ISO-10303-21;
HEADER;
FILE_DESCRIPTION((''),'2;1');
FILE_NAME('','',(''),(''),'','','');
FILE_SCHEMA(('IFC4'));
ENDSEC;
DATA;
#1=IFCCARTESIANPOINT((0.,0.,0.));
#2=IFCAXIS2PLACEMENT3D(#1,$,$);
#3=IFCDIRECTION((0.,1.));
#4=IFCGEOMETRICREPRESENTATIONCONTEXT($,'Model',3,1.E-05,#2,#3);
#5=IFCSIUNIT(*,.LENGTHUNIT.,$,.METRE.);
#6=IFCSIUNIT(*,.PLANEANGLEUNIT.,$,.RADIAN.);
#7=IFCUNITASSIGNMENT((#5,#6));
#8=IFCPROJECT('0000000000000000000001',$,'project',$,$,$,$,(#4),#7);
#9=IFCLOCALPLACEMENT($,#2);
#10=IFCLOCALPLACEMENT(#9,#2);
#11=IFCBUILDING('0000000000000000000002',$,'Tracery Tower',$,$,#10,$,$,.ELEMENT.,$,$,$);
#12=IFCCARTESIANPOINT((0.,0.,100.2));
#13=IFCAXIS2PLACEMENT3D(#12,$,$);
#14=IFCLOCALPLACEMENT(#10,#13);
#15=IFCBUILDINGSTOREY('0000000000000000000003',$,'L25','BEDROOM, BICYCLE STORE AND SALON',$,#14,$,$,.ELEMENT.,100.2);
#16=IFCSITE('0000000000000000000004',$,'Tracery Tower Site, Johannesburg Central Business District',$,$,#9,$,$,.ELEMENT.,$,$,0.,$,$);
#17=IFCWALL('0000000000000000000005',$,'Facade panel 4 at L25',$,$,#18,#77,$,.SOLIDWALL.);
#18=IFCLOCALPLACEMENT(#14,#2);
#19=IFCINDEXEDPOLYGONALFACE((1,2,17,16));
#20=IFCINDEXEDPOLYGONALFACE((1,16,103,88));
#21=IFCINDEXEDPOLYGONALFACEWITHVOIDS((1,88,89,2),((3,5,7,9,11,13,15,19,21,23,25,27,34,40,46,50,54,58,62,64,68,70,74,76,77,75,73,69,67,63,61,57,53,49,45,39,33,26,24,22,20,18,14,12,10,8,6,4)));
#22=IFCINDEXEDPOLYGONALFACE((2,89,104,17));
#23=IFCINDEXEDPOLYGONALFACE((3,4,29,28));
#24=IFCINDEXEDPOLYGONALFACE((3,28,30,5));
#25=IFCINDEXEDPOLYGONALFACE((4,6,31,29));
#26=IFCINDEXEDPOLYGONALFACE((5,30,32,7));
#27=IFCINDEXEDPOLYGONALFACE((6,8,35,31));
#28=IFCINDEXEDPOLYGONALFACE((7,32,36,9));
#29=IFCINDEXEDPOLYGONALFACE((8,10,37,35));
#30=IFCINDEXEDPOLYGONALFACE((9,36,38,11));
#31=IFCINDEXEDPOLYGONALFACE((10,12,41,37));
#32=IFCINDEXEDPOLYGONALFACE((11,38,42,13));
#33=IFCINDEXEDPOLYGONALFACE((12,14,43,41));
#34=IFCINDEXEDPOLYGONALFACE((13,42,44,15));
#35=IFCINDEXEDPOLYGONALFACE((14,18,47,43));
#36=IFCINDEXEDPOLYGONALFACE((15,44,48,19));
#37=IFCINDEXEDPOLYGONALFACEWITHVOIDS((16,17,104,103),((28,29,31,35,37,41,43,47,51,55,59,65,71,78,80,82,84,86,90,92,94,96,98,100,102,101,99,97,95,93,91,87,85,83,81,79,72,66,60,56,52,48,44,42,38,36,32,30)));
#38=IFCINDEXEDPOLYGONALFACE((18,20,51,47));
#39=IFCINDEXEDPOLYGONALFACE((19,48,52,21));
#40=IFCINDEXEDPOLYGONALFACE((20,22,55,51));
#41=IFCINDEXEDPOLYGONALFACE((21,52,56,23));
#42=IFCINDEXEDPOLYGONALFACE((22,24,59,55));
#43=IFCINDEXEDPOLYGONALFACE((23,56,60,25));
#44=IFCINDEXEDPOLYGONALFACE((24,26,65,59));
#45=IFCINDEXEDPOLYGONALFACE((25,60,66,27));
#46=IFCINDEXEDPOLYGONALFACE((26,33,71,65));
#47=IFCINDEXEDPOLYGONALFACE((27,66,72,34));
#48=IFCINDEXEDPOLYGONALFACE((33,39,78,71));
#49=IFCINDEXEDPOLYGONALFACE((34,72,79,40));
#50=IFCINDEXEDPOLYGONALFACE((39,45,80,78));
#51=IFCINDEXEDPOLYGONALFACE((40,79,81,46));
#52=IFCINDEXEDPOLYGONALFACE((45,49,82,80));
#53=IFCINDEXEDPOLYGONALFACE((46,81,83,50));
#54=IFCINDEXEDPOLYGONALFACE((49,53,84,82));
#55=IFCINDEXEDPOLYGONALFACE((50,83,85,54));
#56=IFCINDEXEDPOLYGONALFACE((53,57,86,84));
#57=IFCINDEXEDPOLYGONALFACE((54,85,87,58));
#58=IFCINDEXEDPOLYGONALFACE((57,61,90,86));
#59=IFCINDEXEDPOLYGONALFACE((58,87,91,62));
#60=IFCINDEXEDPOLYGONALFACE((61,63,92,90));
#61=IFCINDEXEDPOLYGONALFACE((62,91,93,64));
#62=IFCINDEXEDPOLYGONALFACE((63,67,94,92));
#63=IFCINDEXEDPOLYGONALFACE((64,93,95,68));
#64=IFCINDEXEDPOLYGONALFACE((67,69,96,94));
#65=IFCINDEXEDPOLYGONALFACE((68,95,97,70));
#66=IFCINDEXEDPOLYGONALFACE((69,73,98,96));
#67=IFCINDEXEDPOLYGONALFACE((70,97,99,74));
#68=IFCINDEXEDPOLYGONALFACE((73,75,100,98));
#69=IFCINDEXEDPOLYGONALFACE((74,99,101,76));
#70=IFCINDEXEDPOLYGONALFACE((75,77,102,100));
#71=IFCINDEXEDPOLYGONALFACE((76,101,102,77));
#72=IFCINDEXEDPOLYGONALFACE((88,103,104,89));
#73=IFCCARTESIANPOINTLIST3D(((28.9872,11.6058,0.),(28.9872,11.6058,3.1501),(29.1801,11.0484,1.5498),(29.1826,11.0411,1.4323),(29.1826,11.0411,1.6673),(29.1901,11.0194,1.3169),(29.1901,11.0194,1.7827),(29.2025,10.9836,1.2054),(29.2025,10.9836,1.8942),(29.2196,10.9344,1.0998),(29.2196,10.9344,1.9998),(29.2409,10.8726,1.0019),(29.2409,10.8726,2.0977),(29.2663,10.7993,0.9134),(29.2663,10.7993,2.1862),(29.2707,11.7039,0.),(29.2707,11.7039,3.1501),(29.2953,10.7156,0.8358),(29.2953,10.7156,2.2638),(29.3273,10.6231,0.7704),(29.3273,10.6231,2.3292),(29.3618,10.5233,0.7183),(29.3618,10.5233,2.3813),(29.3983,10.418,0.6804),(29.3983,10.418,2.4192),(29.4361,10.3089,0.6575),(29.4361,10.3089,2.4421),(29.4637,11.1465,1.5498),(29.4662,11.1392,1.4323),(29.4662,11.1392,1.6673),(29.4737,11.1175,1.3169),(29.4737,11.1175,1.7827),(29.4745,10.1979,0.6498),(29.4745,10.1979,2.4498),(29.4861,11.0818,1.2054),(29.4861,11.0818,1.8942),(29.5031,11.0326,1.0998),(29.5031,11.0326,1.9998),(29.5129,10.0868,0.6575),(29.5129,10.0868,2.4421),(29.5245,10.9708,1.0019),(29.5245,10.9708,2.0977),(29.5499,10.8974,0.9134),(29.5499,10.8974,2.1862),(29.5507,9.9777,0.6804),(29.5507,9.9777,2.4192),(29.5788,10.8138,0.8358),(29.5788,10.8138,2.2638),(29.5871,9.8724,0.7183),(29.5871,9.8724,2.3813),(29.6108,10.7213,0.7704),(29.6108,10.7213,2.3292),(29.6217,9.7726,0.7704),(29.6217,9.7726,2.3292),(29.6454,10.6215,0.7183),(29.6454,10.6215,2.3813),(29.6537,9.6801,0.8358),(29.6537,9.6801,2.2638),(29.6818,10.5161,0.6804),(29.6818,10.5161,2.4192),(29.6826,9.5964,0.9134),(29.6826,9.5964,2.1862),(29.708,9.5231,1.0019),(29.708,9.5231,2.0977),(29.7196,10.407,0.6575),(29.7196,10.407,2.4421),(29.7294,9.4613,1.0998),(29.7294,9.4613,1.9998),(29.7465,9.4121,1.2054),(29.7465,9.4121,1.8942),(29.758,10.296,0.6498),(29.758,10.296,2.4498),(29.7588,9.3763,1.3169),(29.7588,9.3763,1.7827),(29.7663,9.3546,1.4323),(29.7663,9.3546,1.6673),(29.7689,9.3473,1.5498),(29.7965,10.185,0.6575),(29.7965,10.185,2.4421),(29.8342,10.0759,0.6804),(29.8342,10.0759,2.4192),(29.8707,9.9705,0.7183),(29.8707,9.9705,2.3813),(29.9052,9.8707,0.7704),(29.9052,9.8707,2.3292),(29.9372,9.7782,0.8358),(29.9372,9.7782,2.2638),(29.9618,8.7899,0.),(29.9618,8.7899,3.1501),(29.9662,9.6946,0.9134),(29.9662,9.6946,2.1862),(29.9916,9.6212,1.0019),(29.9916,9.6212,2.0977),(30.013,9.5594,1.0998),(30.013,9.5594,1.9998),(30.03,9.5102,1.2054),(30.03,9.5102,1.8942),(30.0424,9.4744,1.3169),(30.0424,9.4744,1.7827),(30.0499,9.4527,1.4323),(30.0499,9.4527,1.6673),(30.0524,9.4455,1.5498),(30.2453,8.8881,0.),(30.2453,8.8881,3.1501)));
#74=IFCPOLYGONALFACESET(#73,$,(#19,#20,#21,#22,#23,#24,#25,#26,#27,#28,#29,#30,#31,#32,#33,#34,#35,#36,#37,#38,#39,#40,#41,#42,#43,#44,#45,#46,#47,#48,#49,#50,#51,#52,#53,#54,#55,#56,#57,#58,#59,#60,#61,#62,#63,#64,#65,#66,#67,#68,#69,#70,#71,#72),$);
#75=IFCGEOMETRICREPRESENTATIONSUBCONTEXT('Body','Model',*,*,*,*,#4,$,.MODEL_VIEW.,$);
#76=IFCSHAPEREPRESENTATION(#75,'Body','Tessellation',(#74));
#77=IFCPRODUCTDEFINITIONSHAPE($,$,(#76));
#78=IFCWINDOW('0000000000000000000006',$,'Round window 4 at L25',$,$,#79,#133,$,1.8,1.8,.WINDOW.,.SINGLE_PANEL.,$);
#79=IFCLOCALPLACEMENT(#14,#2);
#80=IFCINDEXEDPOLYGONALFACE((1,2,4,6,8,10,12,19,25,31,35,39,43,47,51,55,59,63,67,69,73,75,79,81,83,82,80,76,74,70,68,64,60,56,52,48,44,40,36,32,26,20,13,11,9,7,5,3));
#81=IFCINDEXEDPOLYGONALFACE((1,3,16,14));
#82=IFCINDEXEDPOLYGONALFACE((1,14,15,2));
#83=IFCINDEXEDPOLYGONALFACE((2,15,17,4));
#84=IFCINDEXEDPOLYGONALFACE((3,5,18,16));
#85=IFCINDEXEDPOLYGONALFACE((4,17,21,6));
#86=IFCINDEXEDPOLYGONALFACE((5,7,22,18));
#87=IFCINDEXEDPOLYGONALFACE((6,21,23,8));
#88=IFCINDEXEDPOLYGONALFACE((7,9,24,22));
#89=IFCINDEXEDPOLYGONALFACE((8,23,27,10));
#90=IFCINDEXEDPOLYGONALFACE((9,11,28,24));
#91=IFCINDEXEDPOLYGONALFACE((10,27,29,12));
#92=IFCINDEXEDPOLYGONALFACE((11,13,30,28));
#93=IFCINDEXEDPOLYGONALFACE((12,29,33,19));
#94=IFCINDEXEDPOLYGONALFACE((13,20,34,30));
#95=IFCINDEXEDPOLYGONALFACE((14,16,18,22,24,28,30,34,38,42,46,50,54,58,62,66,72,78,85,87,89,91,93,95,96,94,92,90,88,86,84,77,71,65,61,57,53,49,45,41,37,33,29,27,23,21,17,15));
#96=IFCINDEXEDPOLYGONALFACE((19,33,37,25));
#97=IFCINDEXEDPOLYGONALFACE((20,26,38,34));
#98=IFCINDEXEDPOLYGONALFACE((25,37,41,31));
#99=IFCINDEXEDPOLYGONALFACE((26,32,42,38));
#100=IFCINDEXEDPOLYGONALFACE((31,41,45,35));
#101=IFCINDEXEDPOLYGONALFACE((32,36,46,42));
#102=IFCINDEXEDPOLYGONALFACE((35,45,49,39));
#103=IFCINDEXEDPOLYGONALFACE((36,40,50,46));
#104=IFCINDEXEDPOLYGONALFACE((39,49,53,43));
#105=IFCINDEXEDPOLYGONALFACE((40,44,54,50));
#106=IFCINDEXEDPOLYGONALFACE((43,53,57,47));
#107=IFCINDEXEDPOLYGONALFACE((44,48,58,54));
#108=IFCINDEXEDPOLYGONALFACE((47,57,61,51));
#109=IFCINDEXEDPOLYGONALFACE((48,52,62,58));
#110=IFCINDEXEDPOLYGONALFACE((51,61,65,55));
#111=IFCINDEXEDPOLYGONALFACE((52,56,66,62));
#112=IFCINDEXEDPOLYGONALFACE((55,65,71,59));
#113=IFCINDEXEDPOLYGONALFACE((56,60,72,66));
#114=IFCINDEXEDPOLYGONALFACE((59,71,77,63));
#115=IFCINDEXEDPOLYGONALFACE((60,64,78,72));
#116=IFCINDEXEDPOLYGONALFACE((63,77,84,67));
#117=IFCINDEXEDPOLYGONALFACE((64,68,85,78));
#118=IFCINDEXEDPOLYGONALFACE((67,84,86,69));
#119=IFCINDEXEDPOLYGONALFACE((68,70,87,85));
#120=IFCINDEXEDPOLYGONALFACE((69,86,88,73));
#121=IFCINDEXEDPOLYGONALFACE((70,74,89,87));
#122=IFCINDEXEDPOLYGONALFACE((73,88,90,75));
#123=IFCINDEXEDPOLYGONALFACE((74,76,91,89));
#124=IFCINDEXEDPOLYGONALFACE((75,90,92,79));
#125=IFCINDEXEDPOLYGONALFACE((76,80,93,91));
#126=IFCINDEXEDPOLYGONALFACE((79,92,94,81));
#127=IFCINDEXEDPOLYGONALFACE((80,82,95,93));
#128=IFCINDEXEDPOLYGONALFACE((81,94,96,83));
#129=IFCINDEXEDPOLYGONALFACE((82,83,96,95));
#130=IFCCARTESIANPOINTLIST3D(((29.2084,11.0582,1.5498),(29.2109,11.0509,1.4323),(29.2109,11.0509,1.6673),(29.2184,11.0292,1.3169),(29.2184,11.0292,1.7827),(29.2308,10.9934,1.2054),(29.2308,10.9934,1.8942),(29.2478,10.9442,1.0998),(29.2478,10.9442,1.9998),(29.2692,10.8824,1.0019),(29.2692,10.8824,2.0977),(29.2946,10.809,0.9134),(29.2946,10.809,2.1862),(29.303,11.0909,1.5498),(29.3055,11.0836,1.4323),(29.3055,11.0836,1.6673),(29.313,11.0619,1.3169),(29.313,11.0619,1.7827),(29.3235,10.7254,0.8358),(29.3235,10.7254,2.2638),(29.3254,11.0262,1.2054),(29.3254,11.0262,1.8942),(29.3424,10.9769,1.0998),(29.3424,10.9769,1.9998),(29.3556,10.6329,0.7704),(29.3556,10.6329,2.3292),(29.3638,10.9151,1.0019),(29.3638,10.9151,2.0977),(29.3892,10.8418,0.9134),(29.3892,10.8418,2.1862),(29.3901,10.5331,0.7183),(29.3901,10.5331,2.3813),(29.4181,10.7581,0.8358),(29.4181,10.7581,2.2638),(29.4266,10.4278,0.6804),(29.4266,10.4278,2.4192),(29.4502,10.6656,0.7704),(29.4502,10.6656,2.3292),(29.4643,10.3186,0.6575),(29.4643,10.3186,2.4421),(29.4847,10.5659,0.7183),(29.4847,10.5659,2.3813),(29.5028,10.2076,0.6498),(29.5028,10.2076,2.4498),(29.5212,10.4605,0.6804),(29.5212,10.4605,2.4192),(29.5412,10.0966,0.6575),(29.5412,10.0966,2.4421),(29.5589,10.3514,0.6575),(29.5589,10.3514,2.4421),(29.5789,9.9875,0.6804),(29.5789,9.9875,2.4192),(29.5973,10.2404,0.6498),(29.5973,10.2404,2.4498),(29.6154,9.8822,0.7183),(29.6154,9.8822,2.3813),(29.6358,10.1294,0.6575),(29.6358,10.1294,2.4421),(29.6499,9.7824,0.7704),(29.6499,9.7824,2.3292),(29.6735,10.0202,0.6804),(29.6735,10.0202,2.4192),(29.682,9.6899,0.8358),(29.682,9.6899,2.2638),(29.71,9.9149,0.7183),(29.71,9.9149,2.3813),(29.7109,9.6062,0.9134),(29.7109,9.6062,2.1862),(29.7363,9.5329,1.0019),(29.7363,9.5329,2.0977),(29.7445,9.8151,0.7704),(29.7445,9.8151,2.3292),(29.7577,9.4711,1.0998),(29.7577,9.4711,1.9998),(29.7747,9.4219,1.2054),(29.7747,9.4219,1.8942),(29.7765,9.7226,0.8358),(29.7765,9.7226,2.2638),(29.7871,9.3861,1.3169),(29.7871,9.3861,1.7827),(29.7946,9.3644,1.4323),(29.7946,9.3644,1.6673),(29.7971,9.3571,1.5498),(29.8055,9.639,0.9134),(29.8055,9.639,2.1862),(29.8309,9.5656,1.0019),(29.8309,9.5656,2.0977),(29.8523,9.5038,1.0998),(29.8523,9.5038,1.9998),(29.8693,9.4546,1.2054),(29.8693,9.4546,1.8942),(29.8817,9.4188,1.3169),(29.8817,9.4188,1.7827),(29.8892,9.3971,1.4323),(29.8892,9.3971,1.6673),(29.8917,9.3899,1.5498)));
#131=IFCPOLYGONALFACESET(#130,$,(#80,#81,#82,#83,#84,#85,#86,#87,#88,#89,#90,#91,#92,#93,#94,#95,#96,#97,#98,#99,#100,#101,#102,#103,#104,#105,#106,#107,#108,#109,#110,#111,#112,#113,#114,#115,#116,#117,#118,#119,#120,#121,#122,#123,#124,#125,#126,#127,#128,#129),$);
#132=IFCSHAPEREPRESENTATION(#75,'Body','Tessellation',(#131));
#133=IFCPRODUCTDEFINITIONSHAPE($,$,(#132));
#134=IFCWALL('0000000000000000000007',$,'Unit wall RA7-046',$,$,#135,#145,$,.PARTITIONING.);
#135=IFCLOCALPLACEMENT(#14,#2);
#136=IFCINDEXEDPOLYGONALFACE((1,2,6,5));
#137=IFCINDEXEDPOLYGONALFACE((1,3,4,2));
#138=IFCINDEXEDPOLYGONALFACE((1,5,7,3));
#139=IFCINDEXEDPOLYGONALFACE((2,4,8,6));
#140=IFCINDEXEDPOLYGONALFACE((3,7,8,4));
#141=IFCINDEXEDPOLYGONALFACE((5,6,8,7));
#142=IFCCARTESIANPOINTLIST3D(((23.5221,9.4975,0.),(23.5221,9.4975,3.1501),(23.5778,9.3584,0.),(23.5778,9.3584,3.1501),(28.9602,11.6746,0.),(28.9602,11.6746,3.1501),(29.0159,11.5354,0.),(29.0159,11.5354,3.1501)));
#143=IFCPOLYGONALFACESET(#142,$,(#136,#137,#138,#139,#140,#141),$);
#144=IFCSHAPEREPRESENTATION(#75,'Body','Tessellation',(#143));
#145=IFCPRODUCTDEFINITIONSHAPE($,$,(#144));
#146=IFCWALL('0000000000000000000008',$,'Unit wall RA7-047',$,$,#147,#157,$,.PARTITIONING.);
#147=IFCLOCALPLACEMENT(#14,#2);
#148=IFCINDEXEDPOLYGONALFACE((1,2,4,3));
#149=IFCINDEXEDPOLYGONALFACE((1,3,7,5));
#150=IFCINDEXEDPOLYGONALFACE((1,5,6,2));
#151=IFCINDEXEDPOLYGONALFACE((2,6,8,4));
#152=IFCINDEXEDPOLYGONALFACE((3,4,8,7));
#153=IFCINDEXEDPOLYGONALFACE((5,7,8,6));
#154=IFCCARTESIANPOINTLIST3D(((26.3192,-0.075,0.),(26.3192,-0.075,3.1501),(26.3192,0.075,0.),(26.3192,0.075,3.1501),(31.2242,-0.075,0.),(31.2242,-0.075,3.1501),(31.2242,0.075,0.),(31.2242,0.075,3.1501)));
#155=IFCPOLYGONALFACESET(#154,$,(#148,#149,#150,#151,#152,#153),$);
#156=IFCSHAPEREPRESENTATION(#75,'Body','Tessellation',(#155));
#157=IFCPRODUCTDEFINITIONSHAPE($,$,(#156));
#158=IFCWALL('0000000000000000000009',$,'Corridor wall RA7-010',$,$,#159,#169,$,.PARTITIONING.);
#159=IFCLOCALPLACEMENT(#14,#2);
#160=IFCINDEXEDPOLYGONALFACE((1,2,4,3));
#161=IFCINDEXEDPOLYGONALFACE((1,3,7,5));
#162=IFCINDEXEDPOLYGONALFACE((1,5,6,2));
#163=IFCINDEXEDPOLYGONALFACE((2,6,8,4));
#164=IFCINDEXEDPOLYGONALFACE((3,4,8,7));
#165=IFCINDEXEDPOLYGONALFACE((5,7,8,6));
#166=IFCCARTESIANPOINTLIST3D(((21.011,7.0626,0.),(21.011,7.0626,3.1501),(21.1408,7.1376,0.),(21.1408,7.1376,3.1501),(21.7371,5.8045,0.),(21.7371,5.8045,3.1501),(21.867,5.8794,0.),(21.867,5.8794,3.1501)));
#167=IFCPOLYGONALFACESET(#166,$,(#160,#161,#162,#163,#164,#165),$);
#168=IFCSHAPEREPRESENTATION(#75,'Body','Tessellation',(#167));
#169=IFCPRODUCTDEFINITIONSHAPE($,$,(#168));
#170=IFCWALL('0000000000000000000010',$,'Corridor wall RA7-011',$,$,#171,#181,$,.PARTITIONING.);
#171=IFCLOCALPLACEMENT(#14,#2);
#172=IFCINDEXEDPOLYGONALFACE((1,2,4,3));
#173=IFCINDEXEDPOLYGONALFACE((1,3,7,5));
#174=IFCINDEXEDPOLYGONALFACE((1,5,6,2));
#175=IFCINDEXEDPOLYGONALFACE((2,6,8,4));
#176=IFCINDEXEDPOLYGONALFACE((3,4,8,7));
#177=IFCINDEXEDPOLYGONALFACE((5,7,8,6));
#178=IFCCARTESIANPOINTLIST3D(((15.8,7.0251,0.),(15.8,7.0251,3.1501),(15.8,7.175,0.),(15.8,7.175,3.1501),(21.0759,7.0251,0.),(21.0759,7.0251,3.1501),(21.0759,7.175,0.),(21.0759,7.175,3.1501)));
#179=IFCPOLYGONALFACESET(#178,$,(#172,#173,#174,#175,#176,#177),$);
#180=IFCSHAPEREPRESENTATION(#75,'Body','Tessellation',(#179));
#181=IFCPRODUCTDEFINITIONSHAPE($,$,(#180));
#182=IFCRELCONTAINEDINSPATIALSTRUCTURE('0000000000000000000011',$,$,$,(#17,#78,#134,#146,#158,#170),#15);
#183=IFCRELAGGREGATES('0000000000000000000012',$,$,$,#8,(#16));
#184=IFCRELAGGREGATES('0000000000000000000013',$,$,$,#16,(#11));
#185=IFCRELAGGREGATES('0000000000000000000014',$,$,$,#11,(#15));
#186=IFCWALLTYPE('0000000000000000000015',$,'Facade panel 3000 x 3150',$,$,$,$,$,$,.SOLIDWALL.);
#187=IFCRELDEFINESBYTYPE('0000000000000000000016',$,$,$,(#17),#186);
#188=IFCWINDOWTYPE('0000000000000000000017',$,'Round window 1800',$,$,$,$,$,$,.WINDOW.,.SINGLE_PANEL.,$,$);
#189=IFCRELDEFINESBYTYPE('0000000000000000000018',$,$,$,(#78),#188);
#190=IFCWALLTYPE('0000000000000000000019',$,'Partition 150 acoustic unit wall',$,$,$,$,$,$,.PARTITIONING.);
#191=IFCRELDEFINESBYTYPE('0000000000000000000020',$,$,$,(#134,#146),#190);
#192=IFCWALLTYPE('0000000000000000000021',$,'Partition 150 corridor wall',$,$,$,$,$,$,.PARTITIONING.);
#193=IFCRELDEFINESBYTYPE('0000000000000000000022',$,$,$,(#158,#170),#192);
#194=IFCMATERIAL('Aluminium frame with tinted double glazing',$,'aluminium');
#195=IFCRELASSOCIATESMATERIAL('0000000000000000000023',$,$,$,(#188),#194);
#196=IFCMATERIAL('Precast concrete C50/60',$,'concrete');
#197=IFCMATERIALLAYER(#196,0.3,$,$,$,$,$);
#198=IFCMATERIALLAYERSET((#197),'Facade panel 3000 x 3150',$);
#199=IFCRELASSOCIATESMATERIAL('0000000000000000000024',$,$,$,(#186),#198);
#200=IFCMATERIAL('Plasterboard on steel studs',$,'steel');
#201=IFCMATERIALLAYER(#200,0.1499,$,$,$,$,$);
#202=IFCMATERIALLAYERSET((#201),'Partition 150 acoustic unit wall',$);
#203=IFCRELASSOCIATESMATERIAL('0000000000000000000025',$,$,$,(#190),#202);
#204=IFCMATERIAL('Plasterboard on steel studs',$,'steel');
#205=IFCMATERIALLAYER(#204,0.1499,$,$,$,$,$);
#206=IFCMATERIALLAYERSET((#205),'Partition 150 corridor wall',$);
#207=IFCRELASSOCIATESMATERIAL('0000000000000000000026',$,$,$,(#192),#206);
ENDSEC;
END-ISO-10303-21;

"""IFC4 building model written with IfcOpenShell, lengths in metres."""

from ifc_helpers import new_model, si_unit, direction, frame, frame_2d, origin, origin_2d, place, context, subcontext, project, spatial, rectangle, circle, extrude, material, layer, layer_set, type_object, element, fill, save


model = new_model("IFC4")

# Units and contexts
model_context = context("Model", 3, precision=1e-05, world=origin(), true_north=direction((0.0, 1.0)))
body_context = subcontext(model_context, "Body", "Model", "MODEL_VIEW")
ifc_project = project(units=[si_unit("LENGTHUNIT", "METRE"), si_unit("PLANEANGLEUNIT", "RADIAN")], contexts=[model_context])

# Site, building, storey
site_placement = place(None, origin())
site = spatial("IfcSite", under=ifc_project, at=site_placement, Name="Tracery Tower Site, Johannesburg Central Business District", CompositionType="ELEMENT", RefElevation=0.0)
building_placement = place(site_placement, origin())
building = spatial("IfcBuilding", under=site, at=building_placement, Name="Tracery Tower", CompositionType="ELEMENT")
storey_placement = place(building_placement, frame((0.0, 0.0, 100.2)))
storey = spatial("IfcBuildingStorey", under=building, at=storey_placement, Name="L25", Description="BEDROOM, BICYCLE STORE AND SALON", CompositionType="ELEMENT", Elevation=100.2)

# Wall, opening, window
ifc_material_1 = material(Name="Aluminium frame with tinted double glazing", Category="aluminium")
window_type = type_object("IfcWindowType", Name="Round window 1800", PartitioningType="SINGLE_PANEL", PredefinedType="WINDOW", material=ifc_material_1)
ifc_material_2 = material(Name="Precast concrete C50/60", Category="concrete")
ifc_layer_1 = layer(ifc_material_2, 0.3)
ifc_layer_set_1 = layer_set([ifc_layer_1], Name="Facade panel 3000 x 3150")
wall_type_1 = type_object("IfcWallType", Name="Facade panel 3000 x 3150", PredefinedType="SOLIDWALL", material=ifc_layer_set_1)
wall_1_placement = place(storey_placement, frame((30.1035, 8.8391, 0.0), z_axis=(0.0, 0.0, 1.0), x_axis=(-0.327071, 0.945, 0.0)))
wall_1 = element("IfcWall", 1, at=wall_1_placement, inside=storey, type_object=wall_type_1, Name="Facade panel 4 at L25", PredefinedType="SOLIDWALL", context=body_context, shape_type="SweptSolid", body=[
    extrude(rectangle(XDim=2.9797, YDim=0.3, at=frame_2d((1.4897, 0.0))), origin(), (0.0, 0.0, 1.0), 3.1501),
])
opening_1_placement = place(wall_1_placement, frame((1.4897, 0.0, 1.5498)))
opening_1 = element("IfcOpeningElement", 2, at=opening_1_placement, cuts=wall_1, PredefinedType="OPENING", context=body_context, shape_type="SweptSolid", body=[
    extrude(circle(Radius=0.9, at=origin_2d()), frame((0.0, 0.1599, 0.0), z_axis=(0.0, -1.0, 0.0), x_axis=(1.0, 0.0, 0.0)), (0.0, 0.0, 1.0), 0.3201),
])
window_1_placement = place(opening_1_placement, origin())
window_1 = element("IfcWindow", 3, at=window_1_placement, inside=storey, type_object=window_type, Name="Round window 4 at L25", OverallHeight=1.8, OverallWidth=1.8, PartitioningType="SINGLE_PANEL", PredefinedType="WINDOW", context=body_context, shape_type="SweptSolid", body=[
    extrude(circle(Radius=0.9, at=origin_2d()), frame((0.0, 0.1201, 0.0), z_axis=(0.0, -1.0, 0.0), x_axis=(1.0, 0.0, 0.0)), (0.0, 0.0, 1.0), 0.1001),
])
fill(opening_1, window_1)

# Walls
ifc_material_3 = material(Name="Plasterboard on steel studs", Category="steel")
ifc_layer_2 = layer(ifc_material_3, 0.1499)
ifc_layer_set_2 = layer_set([ifc_layer_2], Name="Partition 150 acoustic unit wall")
wall_type_2 = type_object("IfcWallType", Name="Partition 150 acoustic unit wall", PredefinedType="PARTITIONING", material=ifc_layer_set_2)
wall_2_placement = place(storey_placement, frame((23.55, 9.428, 0.0), z_axis=(0.0, 0.0, 1.0), x_axis=(0.92837, 0.371657, 0.0)))
element("IfcWall", 4, at=wall_2_placement, inside=storey, type_object=wall_type_2, Name="Unit wall RA7-046", PredefinedType="PARTITIONING", context=body_context, shape_type="SweptSolid", body=[
    extrude(rectangle(XDim=5.8577, YDim=0.1499, at=frame_2d((2.9287, 0.0))), origin(), (0.0, 0.0, 1.0), 3.1501),
])
wall_3_placement = place(storey_placement, frame((26.3191, 0.0, 0.0), z_axis=(0.0, 0.0, 1.0), x_axis=(1.0, 0.0, 0.0)))
element("IfcWall", 5, at=wall_3_placement, inside=storey, type_object=wall_type_2, Name="Unit wall RA7-047", PredefinedType="PARTITIONING", context=body_context, shape_type="SweptSolid", body=[
    extrude(rectangle(XDim=4.905, YDim=0.1499, at=frame_2d((2.4526, 0.0))), origin(), (0.0, 0.0, 1.0), 3.1501),
])
ifc_material_4 = material(Name="Plasterboard on steel studs", Category="steel")
ifc_layer_3 = layer(ifc_material_4, 0.1499)
ifc_layer_set_3 = layer_set([ifc_layer_3], Name="Partition 150 corridor wall")
wall_type_3 = type_object("IfcWallType", Name="Partition 150 corridor wall", PredefinedType="PARTITIONING", material=ifc_layer_set_3)
wall_4_placement = place(storey_placement, frame((21.0759, 7.1001, 0.0), z_axis=(0.0, 0.0, 1.0), x_axis=(0.499863, -0.866104, 0.0)))
element("IfcWall", 6, at=wall_4_placement, inside=storey, type_object=wall_type_3, Name="Corridor wall RA7-010", PredefinedType="PARTITIONING", context=body_context, shape_type="SweptSolid", body=[
    extrude(rectangle(XDim=1.4526, YDim=0.1499, at=frame_2d((0.7263, 0.0))), origin(), (0.0, 0.0, 1.0), 3.1501),
])
wall_5_placement = place(storey_placement, frame((15.8, 7.1001, 0.0), z_axis=(0.0, 0.0, 1.0), x_axis=(1.0, 0.0, 0.0)))
element("IfcWall", 7, at=wall_5_placement, inside=storey, type_object=wall_type_3, Name="Corridor wall RA7-011", PredefinedType="PARTITIONING", context=body_context, shape_type="SweptSolid", body=[
    extrude(rectangle(XDim=5.2759, YDim=0.1499, at=frame_2d((2.6379, 0.0))), origin(), (0.0, 0.0, 1.0), 3.1501),
])

save(model, "model.ifc")
